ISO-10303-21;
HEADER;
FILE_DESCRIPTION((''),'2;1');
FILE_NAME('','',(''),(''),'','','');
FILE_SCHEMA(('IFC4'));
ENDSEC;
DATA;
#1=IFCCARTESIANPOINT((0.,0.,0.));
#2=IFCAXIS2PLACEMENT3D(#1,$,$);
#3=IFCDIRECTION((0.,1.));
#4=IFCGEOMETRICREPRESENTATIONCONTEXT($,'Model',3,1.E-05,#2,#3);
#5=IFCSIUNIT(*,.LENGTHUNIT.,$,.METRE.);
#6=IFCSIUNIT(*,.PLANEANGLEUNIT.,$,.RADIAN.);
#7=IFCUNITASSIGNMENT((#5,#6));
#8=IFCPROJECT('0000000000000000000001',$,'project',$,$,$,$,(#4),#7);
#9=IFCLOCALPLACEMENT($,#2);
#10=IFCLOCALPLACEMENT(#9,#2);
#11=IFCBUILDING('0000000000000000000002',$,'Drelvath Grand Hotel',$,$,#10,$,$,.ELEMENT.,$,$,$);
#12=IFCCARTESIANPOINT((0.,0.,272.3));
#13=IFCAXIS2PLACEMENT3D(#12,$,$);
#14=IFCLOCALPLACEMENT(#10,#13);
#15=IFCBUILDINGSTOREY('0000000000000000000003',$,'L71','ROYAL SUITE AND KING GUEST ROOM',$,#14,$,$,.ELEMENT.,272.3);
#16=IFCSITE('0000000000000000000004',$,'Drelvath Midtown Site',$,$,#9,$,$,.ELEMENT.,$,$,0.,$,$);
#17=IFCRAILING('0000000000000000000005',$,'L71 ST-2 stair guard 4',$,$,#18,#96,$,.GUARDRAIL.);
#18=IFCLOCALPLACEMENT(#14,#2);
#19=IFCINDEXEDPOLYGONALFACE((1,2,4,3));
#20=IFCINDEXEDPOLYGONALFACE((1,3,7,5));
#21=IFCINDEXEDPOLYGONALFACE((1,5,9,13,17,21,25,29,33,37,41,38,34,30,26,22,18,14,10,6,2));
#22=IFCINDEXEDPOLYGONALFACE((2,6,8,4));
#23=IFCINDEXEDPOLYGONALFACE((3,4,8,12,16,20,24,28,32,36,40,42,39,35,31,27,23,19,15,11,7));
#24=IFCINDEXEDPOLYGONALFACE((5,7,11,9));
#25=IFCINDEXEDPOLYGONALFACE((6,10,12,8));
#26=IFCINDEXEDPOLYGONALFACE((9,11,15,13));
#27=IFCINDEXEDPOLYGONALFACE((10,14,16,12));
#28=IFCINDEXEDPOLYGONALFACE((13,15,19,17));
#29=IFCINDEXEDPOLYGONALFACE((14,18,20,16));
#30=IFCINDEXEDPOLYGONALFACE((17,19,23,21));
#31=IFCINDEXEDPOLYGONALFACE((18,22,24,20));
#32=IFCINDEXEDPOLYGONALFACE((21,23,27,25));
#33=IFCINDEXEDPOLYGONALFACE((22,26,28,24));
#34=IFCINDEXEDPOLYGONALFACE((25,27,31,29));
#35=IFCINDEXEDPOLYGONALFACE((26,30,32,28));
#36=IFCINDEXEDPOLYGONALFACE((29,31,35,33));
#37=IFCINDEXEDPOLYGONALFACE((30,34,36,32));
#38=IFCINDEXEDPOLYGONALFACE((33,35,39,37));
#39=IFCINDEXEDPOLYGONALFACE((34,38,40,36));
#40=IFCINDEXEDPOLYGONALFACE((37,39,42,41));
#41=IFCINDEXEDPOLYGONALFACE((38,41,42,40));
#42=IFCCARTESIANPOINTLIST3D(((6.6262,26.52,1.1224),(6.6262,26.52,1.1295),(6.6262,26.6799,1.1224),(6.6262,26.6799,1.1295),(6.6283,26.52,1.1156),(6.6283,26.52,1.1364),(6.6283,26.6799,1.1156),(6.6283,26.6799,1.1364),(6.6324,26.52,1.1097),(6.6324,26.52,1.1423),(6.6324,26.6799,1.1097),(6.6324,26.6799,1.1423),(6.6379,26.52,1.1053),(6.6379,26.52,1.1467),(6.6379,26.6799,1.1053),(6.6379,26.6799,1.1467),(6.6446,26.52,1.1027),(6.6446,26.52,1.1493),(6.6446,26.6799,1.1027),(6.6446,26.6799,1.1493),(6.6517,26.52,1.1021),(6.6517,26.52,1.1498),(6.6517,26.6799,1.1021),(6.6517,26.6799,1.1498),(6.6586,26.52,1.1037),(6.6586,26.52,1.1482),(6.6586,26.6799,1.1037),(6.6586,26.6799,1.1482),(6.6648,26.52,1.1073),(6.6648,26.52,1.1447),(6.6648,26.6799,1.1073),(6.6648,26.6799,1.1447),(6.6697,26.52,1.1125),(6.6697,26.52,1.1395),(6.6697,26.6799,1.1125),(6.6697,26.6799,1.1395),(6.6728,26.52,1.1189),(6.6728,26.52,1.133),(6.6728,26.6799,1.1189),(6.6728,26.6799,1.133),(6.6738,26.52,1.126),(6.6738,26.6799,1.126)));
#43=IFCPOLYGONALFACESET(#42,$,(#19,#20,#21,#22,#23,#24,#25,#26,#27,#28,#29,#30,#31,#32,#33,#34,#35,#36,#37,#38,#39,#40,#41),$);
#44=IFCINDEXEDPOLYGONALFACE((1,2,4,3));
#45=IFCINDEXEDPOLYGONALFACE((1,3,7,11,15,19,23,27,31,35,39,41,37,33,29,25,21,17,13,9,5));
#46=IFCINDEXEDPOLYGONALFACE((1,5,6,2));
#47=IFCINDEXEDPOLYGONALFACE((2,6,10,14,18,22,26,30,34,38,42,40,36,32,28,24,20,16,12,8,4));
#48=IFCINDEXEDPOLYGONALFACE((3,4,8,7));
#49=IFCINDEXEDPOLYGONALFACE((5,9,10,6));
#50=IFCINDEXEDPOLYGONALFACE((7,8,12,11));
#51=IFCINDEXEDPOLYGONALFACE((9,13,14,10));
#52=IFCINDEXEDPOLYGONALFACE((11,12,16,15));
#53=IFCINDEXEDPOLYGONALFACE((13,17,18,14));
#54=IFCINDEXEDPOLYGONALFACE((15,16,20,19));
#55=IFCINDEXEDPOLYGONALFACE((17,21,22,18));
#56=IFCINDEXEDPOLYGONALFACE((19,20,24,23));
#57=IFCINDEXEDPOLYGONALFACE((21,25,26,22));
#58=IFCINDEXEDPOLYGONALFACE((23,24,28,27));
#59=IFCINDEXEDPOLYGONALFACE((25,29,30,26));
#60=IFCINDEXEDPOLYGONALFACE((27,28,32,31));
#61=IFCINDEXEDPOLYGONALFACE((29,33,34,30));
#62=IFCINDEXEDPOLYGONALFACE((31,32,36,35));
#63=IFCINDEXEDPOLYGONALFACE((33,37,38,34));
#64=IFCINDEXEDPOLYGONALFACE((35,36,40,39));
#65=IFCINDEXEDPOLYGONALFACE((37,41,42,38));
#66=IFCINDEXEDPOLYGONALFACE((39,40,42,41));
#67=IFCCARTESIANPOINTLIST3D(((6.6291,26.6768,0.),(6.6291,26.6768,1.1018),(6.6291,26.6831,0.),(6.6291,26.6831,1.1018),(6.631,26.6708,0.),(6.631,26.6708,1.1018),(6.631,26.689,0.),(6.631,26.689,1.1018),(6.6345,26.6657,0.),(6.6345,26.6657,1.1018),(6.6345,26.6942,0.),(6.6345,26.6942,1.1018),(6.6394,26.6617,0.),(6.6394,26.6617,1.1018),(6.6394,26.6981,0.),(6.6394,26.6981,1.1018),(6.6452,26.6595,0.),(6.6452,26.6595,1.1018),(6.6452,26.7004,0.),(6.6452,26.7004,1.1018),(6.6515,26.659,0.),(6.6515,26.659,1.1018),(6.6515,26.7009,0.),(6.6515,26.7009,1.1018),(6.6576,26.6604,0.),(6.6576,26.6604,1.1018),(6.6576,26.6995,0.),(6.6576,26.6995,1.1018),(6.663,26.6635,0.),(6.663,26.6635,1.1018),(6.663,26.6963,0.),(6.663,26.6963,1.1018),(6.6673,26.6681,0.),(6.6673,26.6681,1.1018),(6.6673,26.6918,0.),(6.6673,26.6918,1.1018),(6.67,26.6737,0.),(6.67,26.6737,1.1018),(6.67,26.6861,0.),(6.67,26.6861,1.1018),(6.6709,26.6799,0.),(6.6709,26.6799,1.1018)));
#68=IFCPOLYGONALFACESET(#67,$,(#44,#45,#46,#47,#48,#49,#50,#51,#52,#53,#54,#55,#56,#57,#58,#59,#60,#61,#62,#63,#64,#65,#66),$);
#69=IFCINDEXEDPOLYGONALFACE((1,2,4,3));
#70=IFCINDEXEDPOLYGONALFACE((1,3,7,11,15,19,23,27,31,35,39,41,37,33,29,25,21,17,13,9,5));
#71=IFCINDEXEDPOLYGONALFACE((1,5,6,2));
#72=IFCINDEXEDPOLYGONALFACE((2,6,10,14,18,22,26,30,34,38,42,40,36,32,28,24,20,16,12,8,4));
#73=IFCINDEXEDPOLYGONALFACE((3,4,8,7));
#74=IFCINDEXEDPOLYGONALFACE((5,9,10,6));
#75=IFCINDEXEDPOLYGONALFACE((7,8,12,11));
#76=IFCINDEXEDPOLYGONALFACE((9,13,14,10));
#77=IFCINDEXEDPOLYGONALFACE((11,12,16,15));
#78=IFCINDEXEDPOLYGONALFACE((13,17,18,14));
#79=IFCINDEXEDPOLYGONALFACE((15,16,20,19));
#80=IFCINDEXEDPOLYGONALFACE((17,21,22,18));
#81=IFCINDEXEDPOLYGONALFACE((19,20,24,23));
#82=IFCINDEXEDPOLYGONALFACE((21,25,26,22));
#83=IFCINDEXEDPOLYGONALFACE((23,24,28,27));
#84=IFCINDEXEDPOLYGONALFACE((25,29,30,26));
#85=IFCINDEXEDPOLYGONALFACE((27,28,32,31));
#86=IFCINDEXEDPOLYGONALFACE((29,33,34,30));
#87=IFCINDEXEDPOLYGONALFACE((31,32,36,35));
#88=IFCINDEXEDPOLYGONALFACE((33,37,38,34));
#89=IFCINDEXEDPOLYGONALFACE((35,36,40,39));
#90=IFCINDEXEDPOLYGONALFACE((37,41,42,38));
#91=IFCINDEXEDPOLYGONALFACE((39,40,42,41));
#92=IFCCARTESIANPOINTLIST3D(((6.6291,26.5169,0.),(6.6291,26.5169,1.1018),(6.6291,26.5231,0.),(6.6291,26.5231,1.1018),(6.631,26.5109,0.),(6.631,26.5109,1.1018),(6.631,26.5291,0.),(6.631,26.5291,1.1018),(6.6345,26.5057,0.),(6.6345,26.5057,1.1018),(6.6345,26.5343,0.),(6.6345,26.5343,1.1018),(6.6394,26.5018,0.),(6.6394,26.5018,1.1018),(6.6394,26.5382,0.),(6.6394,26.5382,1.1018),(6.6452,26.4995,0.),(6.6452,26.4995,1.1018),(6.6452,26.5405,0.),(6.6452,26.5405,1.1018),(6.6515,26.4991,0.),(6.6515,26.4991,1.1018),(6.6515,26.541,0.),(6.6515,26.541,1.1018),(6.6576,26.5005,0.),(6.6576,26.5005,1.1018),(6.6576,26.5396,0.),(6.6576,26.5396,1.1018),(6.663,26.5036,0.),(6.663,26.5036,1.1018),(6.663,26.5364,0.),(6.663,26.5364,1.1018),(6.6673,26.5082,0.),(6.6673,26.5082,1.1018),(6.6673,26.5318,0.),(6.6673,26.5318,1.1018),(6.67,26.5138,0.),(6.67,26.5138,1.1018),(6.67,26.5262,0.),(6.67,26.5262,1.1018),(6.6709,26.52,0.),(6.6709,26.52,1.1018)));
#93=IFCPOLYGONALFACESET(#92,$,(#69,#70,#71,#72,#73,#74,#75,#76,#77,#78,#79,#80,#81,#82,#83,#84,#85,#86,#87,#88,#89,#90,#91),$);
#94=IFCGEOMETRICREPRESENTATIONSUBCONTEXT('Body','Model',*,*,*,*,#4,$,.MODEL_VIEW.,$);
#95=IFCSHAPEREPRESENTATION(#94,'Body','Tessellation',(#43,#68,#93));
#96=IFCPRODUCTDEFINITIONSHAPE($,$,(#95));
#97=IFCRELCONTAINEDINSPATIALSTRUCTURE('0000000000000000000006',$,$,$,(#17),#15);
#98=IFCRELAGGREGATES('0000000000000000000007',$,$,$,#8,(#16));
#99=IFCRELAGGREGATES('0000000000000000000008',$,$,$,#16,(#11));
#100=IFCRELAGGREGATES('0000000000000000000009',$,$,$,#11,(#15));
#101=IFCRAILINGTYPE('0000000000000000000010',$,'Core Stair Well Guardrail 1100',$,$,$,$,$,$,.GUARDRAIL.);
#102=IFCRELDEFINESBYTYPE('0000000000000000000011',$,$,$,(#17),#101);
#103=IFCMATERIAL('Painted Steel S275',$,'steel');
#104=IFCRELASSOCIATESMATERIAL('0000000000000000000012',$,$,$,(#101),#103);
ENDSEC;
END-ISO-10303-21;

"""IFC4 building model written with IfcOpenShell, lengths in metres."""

from ifc_helpers import new_model, si_unit, direction, frame, origin, origin_2d, place, context, subcontext, project, spatial, circle, extrude, material, type_object, element, save


model = new_model("IFC4")

# Units and contexts
model_context = context("Model", 3, precision=1e-05, world=origin(), true_north=direction((0.0, 1.0)))
body_context = subcontext(model_context, "Body", "Model", "MODEL_VIEW")
ifc_project = project(units=[si_unit("LENGTHUNIT", "METRE"), si_unit("PLANEANGLEUNIT", "RADIAN")], contexts=[model_context])

# Site, building, storey
site_placement = place(None, origin())
site = spatial("IfcSite", under=ifc_project, at=site_placement, Name="Drelvath Midtown Site", CompositionType="ELEMENT", RefElevation=0.0)
building_placement = place(site_placement, origin())
building = spatial("IfcBuilding", under=site, at=building_placement, Name="Drelvath Grand Hotel", CompositionType="ELEMENT")
storey_placement = place(building_placement, frame((0.0, 0.0, 272.3)))
storey = spatial("IfcBuildingStorey", under=building, at=storey_placement, Name="L71", Description="ROYAL SUITE AND KING GUEST ROOM", CompositionType="ELEMENT", Elevation=272.3)

# Railing
ifc_material_1 = material(Name="Painted Steel S275", Category="steel")
railing_type_1 = type_object("IfcRailingType", Name="Core Stair Well Guardrail 1100", PredefinedType="GUARDRAIL", material=ifc_material_1)
railing_1_placement = place(storey_placement, frame((6.6499, 26.6799, 0.0)))
element("IfcRailing", 1, at=railing_1_placement, inside=storey, type_object=railing_type_1, Name="L71 ST-2 stair guard 4", PredefinedType="GUARDRAIL", context=body_context, shape_type="SweptSolid", body=[
    extrude(circle(Radius=0.0239, at=origin_2d()), frame((0.0, 0.0, 1.126), z_axis=(0.0, -1.0, 0.0), x_axis=(1.0, 0.0, 0.0)), (0.0, 0.0, 1.0), 0.1599),
    extrude(circle(Radius=0.021, at=origin_2d()), origin(), (0.0, 0.0, 1.0), 1.1018),
    extrude(circle(Radius=0.021, at=origin_2d()), frame((0.0, -0.1599, 0.0)), (0.0, 0.0, 1.0), 1.1018),
])

save(model, "model.ifc")
